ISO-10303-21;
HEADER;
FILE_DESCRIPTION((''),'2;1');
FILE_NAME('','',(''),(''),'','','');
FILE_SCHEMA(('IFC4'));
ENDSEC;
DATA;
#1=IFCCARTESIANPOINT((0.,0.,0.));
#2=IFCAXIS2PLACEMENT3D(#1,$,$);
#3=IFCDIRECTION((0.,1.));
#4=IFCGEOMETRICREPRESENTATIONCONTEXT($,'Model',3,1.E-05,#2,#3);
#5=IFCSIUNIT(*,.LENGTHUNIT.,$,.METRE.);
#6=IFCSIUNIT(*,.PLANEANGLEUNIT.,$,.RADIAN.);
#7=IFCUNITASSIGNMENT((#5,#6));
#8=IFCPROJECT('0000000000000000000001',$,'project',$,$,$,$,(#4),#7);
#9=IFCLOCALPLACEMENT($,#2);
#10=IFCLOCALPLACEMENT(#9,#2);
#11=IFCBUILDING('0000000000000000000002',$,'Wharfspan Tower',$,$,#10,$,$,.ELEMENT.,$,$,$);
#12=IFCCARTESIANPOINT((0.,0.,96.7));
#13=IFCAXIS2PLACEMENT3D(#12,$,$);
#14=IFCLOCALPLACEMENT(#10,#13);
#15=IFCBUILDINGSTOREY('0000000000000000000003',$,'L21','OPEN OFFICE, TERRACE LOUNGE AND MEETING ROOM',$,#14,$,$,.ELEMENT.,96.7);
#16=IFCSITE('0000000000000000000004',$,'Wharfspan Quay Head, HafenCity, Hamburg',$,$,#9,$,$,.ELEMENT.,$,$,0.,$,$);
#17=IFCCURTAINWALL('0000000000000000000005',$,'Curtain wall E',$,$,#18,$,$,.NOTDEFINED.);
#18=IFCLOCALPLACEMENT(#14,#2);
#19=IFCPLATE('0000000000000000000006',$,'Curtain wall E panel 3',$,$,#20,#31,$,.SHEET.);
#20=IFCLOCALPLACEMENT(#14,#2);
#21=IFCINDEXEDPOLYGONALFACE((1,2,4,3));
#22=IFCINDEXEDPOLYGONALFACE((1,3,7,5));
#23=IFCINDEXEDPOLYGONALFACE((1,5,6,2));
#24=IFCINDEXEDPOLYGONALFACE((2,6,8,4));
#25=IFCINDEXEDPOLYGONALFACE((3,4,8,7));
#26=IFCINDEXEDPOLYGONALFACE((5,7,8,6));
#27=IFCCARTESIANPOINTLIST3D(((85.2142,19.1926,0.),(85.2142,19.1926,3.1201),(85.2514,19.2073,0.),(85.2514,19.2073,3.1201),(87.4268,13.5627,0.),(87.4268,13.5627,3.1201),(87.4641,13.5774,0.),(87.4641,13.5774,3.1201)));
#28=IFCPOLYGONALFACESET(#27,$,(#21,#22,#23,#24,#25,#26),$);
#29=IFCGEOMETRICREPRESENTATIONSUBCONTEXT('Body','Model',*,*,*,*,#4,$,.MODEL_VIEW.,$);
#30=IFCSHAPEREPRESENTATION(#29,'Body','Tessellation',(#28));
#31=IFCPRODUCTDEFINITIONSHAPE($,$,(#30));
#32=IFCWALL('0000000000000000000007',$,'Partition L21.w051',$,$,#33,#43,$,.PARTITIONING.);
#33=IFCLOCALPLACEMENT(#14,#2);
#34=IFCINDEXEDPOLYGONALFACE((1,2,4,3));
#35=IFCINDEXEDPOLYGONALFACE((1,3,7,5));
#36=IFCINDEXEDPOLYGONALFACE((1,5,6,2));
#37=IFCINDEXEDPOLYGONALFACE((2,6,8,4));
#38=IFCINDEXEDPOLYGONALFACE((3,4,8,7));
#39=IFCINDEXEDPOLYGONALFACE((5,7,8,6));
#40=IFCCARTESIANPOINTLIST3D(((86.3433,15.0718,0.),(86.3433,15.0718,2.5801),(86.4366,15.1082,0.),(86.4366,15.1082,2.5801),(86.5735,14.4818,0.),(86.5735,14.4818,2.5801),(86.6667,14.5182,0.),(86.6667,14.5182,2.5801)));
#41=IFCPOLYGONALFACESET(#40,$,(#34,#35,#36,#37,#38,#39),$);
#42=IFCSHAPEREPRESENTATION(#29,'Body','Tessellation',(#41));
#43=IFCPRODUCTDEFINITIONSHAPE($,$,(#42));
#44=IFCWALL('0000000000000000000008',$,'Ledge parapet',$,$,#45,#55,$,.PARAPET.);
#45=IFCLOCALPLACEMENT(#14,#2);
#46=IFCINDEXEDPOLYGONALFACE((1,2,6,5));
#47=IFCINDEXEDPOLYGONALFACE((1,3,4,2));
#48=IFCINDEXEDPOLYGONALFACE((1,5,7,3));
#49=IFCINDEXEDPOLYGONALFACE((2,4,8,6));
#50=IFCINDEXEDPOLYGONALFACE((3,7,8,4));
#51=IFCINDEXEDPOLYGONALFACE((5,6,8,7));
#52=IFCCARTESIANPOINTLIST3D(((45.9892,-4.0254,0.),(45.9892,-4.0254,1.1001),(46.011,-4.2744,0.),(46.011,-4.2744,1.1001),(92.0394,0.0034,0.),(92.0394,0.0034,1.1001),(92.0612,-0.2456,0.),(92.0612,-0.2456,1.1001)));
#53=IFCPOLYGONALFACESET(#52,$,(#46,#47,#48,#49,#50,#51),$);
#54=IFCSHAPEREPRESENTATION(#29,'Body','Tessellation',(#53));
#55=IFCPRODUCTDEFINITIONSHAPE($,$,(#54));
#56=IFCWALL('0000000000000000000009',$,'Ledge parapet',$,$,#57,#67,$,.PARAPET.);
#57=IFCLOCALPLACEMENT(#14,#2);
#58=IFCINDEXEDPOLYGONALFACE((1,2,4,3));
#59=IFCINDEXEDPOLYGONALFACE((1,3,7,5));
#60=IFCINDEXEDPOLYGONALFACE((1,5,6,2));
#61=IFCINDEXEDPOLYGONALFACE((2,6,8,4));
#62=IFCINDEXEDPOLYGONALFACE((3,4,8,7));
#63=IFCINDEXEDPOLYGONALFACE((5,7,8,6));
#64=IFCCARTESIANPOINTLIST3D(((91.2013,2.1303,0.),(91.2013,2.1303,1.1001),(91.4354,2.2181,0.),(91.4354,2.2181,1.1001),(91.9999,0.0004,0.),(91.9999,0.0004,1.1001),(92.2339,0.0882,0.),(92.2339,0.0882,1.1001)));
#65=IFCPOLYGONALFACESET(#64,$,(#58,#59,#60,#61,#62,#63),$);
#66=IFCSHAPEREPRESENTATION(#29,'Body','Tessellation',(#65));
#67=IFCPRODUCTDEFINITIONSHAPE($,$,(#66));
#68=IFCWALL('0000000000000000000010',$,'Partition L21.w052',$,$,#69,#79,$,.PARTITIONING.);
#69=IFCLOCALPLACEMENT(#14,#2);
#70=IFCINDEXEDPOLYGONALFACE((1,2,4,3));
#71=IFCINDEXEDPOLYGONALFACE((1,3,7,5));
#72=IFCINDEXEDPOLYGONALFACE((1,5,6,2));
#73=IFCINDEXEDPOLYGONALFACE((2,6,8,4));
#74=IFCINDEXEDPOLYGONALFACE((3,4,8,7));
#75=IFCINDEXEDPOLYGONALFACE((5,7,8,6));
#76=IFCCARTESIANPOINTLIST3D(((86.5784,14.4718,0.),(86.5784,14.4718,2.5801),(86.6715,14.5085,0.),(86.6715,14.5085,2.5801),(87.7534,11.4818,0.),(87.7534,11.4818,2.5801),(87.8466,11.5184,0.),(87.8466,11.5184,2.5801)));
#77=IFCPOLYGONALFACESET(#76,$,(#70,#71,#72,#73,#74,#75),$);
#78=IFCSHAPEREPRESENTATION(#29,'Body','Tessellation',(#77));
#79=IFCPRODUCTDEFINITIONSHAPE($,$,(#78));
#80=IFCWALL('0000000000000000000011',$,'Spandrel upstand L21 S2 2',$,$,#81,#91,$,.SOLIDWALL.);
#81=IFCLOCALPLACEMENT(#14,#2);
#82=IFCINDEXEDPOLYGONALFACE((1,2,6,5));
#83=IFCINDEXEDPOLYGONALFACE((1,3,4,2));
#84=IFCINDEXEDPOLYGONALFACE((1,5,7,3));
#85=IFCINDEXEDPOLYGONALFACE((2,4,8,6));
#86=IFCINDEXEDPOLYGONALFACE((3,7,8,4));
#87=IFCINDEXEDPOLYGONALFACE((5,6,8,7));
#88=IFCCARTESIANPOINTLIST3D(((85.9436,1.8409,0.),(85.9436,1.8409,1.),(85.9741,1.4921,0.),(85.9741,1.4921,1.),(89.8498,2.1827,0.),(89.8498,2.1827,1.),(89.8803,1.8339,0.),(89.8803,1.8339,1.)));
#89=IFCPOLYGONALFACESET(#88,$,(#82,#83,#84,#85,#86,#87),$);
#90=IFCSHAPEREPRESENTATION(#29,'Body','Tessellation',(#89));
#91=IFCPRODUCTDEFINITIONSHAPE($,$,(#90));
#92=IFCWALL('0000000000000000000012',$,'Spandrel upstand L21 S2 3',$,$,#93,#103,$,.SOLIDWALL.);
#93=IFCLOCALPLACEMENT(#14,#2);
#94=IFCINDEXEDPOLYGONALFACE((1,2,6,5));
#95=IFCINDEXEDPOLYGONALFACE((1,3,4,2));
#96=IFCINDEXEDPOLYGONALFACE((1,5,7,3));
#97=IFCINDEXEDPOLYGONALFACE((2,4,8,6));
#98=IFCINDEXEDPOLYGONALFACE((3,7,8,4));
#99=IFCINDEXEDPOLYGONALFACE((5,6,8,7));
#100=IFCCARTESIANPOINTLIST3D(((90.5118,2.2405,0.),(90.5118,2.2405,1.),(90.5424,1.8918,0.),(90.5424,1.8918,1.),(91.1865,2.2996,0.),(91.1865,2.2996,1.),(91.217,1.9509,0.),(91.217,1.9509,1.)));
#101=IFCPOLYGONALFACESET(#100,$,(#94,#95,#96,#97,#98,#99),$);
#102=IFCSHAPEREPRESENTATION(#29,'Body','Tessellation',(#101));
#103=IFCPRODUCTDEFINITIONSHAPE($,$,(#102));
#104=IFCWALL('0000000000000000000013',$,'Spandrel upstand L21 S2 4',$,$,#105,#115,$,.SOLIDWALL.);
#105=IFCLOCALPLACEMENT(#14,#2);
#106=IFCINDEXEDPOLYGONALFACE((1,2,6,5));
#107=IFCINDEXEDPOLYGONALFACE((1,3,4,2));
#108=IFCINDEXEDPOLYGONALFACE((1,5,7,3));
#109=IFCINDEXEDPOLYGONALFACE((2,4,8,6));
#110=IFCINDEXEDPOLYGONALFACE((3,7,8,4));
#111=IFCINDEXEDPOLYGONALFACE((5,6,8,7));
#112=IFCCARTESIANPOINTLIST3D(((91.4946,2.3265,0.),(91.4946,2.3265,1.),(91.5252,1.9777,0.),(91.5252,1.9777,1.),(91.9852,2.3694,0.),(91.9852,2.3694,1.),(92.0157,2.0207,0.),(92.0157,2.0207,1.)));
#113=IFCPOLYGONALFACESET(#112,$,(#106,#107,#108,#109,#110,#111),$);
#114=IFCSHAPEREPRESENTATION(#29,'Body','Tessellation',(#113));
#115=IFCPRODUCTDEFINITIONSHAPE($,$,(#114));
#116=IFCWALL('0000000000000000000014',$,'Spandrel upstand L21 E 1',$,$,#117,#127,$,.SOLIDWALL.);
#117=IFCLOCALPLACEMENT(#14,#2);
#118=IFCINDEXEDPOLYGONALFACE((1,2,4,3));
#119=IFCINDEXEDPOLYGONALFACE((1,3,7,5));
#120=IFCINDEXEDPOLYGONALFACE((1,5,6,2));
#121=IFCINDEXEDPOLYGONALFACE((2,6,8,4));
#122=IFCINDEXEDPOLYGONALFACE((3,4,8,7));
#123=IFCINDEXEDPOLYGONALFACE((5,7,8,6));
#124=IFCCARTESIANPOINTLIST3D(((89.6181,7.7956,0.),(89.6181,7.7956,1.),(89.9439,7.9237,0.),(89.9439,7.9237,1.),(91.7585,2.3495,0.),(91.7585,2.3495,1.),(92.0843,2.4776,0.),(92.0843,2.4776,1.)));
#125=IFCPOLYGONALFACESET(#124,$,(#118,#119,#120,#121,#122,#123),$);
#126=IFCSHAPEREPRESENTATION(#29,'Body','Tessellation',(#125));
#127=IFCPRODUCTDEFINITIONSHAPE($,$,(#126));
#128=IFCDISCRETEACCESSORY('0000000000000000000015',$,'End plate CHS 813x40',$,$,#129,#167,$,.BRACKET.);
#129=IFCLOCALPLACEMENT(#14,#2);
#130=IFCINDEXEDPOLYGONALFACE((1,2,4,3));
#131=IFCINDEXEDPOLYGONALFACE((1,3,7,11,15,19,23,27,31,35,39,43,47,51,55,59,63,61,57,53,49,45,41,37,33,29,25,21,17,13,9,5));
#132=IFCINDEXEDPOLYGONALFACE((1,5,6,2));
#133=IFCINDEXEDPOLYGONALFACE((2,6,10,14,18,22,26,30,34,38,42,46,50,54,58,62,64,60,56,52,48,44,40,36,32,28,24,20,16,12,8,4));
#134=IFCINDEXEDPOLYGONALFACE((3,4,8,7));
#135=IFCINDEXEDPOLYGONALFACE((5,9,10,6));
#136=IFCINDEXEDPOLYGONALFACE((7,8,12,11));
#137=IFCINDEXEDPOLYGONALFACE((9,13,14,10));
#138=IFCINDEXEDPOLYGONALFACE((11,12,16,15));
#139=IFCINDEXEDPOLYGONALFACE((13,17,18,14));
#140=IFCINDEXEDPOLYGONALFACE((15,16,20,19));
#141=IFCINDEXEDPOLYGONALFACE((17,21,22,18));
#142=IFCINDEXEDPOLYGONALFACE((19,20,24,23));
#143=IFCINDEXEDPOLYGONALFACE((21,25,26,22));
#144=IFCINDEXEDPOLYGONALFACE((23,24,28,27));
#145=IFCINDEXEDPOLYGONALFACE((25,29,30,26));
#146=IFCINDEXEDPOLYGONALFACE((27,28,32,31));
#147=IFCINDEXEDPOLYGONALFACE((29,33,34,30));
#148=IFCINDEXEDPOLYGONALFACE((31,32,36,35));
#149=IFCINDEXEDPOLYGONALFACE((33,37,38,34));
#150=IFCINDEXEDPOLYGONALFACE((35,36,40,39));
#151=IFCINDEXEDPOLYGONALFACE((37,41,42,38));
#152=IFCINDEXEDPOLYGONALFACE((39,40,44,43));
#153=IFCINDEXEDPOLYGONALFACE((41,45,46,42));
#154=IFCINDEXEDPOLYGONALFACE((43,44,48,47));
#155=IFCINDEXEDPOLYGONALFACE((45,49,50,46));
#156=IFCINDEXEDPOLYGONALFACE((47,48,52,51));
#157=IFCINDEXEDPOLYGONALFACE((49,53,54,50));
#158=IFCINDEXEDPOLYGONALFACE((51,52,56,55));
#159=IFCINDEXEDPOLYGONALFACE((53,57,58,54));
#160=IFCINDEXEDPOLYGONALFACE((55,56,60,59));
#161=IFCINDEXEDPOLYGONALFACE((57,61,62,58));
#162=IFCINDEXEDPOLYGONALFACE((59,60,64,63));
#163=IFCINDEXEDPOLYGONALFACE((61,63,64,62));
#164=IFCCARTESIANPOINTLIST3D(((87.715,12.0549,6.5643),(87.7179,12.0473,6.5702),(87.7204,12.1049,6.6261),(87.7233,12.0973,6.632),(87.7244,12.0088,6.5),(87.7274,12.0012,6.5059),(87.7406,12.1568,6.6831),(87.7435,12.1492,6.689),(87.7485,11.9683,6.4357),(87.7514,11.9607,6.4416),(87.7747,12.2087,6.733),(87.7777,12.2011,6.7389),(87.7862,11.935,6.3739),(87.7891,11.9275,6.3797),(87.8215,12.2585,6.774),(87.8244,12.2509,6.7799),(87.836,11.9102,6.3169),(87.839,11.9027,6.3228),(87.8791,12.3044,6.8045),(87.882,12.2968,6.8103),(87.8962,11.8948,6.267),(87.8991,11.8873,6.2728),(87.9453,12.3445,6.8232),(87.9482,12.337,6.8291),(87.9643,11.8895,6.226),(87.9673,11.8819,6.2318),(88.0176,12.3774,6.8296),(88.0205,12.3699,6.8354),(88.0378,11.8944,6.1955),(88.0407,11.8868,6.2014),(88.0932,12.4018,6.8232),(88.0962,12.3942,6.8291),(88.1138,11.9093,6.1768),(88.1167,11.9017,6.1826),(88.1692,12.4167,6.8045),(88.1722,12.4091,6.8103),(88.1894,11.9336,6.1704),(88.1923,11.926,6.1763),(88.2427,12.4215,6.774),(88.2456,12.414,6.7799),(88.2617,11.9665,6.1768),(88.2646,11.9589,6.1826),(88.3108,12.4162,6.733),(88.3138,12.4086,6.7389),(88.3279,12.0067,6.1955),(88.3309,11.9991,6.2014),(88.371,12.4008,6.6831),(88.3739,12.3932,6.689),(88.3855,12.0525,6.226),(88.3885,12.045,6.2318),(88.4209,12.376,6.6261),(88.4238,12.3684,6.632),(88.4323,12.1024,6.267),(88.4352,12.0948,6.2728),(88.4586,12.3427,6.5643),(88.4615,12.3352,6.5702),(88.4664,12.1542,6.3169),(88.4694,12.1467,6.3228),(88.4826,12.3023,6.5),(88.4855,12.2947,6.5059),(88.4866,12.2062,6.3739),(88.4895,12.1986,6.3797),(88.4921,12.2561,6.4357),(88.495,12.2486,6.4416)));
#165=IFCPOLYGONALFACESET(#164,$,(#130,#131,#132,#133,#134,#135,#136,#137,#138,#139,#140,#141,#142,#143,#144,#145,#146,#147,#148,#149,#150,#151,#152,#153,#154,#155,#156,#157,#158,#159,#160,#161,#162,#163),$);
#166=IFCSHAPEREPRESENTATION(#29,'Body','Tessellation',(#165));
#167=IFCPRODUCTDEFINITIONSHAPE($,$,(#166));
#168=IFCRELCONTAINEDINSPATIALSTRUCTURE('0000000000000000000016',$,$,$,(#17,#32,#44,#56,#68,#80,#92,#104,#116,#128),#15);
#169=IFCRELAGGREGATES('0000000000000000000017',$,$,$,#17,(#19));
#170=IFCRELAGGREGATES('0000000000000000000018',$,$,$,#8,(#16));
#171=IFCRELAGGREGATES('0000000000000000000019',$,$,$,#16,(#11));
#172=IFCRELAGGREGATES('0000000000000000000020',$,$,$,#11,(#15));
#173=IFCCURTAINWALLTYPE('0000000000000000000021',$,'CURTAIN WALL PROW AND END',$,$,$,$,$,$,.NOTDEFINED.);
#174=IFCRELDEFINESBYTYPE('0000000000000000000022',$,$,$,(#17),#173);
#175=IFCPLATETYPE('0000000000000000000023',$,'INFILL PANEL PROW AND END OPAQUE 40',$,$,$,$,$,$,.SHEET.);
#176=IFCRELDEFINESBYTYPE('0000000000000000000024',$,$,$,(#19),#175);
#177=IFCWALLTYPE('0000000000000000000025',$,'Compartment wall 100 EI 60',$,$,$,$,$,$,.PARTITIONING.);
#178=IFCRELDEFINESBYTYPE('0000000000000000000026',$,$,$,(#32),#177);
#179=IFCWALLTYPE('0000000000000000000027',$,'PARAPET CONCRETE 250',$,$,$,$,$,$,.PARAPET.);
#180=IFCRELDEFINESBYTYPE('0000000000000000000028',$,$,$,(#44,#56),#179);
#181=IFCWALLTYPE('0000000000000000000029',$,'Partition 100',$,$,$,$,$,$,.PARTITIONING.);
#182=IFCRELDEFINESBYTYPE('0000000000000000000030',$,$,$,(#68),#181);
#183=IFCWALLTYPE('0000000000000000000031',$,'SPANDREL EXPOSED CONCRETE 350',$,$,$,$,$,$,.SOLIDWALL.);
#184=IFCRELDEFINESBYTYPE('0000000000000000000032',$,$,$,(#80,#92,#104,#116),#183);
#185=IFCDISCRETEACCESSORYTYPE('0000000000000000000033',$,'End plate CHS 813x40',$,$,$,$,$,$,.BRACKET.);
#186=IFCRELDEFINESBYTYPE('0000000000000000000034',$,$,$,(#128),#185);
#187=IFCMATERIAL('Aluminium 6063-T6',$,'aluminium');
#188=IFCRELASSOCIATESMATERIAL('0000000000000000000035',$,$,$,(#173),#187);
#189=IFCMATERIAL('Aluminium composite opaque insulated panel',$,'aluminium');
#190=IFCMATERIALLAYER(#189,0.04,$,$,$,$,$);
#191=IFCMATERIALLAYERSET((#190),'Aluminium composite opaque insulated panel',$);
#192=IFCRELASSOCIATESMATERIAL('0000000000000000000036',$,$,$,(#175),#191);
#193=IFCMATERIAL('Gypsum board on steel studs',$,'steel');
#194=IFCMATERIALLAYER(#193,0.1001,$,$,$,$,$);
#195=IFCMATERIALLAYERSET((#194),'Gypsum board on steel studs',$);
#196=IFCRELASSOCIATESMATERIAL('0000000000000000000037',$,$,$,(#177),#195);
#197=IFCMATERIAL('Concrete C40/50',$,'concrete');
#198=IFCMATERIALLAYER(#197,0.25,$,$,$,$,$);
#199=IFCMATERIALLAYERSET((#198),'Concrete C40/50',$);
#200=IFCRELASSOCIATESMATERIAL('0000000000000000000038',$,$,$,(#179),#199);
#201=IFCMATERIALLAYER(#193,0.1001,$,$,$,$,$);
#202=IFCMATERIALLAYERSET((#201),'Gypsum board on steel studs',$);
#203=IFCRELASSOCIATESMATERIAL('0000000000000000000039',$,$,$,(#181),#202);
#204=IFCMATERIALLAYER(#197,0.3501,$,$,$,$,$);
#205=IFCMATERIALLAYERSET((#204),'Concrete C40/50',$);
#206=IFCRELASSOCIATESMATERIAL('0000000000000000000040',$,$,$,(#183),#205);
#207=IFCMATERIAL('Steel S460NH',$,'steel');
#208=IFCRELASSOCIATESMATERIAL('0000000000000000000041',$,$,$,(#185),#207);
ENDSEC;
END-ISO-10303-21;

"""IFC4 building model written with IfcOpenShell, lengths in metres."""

from ifc_helpers import new_model, si_unit, direction, frame, frame_2d, origin, origin_2d, place, context, subcontext, project, spatial, rectangle, circle, extrude, material, layer, layer_set, material_profile, profile_set, type_object, element, aggregate, save


model = new_model("IFC4")

# Units and contexts
model_context = context("Model", 3, precision=1e-05, world=origin(), true_north=direction((0.0, 1.0)))
body_context = subcontext(model_context, "Body", "Model", "MODEL_VIEW")
ifc_project = project(units=[si_unit("LENGTHUNIT", "METRE"), si_unit("PLANEANGLEUNIT", "RADIAN")], contexts=[model_context])

# Site, building, storey
site_placement = place(None, origin())
site = spatial("IfcSite", under=ifc_project, at=site_placement, Name="Wharfspan Quay Head, HafenCity, Hamburg", CompositionType="ELEMENT", RefElevation=0.0)
building_placement = place(site_placement, origin())
building = spatial("IfcBuilding", under=site, at=building_placement, Name="Wharfspan Tower", CompositionType="ELEMENT")
storey_placement = place(building_placement, frame((0.0, 0.0, 96.7)))
storey = spatial("IfcBuildingStorey", under=building, at=storey_placement, Name="L21", Description="OPEN OFFICE, TERRACE LOUNGE AND MEETING ROOM", CompositionType="ELEMENT", Elevation=96.7)

# Shared definitions
ifc_material_1 = material(Name="Steel S460NH", Category="steel")

# Shared definitions
ifc_material_2 = material(Name="Aluminium 6063-T6", Category="aluminium")

# Curtain wall
curtain_wall_type_1 = type_object("IfcCurtainWallType", Name="CURTAIN WALL PROW AND END", PredefinedType="NOTDEFINED", material=ifc_material_2)
curtain_wall_1_placement = place(storey_placement, origin())
curtain_wall_1 = element("IfcCurtainWall", 1, at=curtain_wall_1_placement, inside=storey, type_object=curtain_wall_type_1, Name="Curtain wall E", PredefinedType="NOTDEFINED")

# Plate
ifc_material_3 = material(Name="Aluminium composite opaque insulated panel", Category="aluminium")
ifc_layer_1 = layer(ifc_material_3, 0.04)
ifc_layer_set_1 = layer_set([ifc_layer_1], Name="Aluminium composite opaque insulated panel")
plate_type_1 = type_object("IfcPlateType", Name="INFILL PANEL PROW AND END OPAQUE 40", PredefinedType="SHEET", material=ifc_layer_set_1)
plate_1_placement = place(storey_placement, frame((86.3391, 16.385, 0.0), z_axis=(0.0, 0.0, 1.0), x_axis=(-0.365778, 0.930702, 0.0)))
plate_1 = element("IfcPlate", 2, at=plate_1_placement, type_object=plate_type_1, Name="Curtain wall E panel 3", PredefinedType="SHEET", context=body_context, shape_type="SweptSolid", body=[
    extrude(rectangle(XDim=6.0491, YDim=0.04, at=origin_2d()), origin(), (0.0, 0.0, 1.0), 3.1201),
])
aggregate(curtain_wall_1, [plate_1])

# Walls
ifc_material_4 = material(Name="Gypsum board on steel studs", Category="steel")
ifc_layer_2 = layer(ifc_material_4, 0.1001)
ifc_layer_set_2 = layer_set([ifc_layer_2], Name="Gypsum board on steel studs")
wall_type_1 = type_object("IfcWallType", Name="Compartment wall 100 EI 60", PredefinedType="PARTITIONING", material=ifc_layer_set_2)
wall_1_placement = place(storey_placement, frame((86.6201, 14.5, 0.0), z_axis=(0.0, 0.0, 1.0), x_axis=(-0.363469, 0.931606, 0.0)))
element("IfcWall", 3, at=wall_1_placement, inside=storey, type_object=wall_type_1, Name="Partition L21.w051", PredefinedType="PARTITIONING", context=body_context, shape_type="SweptSolid", body=[
    extrude(rectangle(XDim=0.6333, YDim=0.1001, at=frame_2d((0.3166, 0.0))), origin(), (0.0, 0.0, 1.0), 2.5801),
])
ifc_material_5 = material(Name="Concrete C40/50", Category="concrete")
ifc_layer_3 = layer(ifc_material_5, 0.25)
ifc_layer_set_3 = layer_set([ifc_layer_3], Name="Concrete C40/50")
wall_type_2 = type_object("IfcWallType", Name="PARAPET CONCRETE 250", PredefinedType="PARAPET", material=ifc_layer_set_3)
wall_2_placement = place(storey_placement, frame((92.0503, -0.1211, 0.0), z_axis=(0.0, 0.0, 1.0), x_axis=(-0.996192, -0.087154, 0.0)))
element("IfcWall", 4, at=wall_2_placement, inside=storey, type_object=wall_type_2, Name="Ledge parapet", PredefinedType="PARAPET", context=body_context, shape_type="SweptSolid", body=[
    extrude(rectangle(XDim=46.2261, YDim=0.25, at=frame_2d((23.113, 0.0))), origin(), (0.0, 0.0, 1.0), 1.1001),
])
wall_3_placement = place(storey_placement, frame((91.3184, 2.1741, 0.0), z_axis=(0.0, 0.0, 1.0), x_axis=(0.351075, -0.936343, 0.0)))
element("IfcWall", 5, at=wall_3_placement, inside=storey, type_object=wall_type_2, Name="Ledge parapet", PredefinedType="PARAPET", context=body_context, shape_type="SweptSolid", body=[
    extrude(rectangle(XDim=2.2747, YDim=0.25, at=frame_2d((1.1372, 0.0))), origin(), (0.0, 0.0, 1.0), 1.1001),
])
ifc_layer_4 = layer(ifc_material_4, 0.1001)
ifc_layer_set_4 = layer_set([ifc_layer_4], Name="Gypsum board on steel studs")
wall_type_3 = type_object("IfcWallType", Name="Partition 100", PredefinedType="PARTITIONING", material=ifc_layer_set_4)
wall_4_placement = place(storey_placement, frame((87.8, 11.5, 0.0), z_axis=(0.0, 0.0, 1.0), x_axis=(-0.365764, 0.930711, 0.0)))
element("IfcWall", 6, at=wall_4_placement, inside=storey, type_object=wall_type_3, Name="Partition L21.w052", PredefinedType="PARTITIONING", context=body_context, shape_type="SweptSolid", body=[
    extrude(rectangle(XDim=3.2126, YDim=0.1001, at=frame_2d((1.6064, 0.0))), origin(), (0.0, 0.0, 1.0), 2.5801),
])
ifc_layer_5 = layer(ifc_material_5, 0.3501)
ifc_layer_set_5 = layer_set([ifc_layer_5], Name="Concrete C40/50")
wall_type_4 = type_object("IfcWallType", Name="SPANDREL EXPOSED CONCRETE 350", PredefinedType="SOLIDWALL", material=ifc_layer_set_5)
wall_5_placement = place(storey_placement, frame((85.959, 1.6665, 0.0), z_axis=(0.0, 0.0, 1.0), x_axis=(0.996194, 0.087167, 0.0)))
element("IfcWall", 7, at=wall_5_placement, inside=storey, type_object=wall_type_4, Name="Spandrel upstand L21 S2 2", PredefinedType="SOLIDWALL", context=body_context, shape_type="SweptSolid", body=[
    extrude(rectangle(XDim=3.9211, YDim=0.3501, at=frame_2d((1.9604, 0.0))), origin(), (0.0, 0.0, 1.0), 1.0),
])
wall_6_placement = place(storey_placement, frame((90.5271, 2.0662, 0.0), z_axis=(0.0, 0.0, 1.0), x_axis=(0.996187, 0.087252, 0.0)))
element("IfcWall", 8, at=wall_6_placement, inside=storey, type_object=wall_type_4, Name="Spandrel upstand L21 S2 3", PredefinedType="SOLIDWALL", context=body_context, shape_type="SweptSolid", body=[
    extrude(rectangle(XDim=0.6772, YDim=0.3501, at=frame_2d((0.3386, 0.0))), origin(), (0.0, 0.0, 1.0), 1.0),
])
wall_7_placement = place(storey_placement, frame((91.51, 2.1521, 0.0), z_axis=(0.0, 0.0, 1.0), x_axis=(0.996189, 0.087272, 0.0)))
element("IfcWall", 9, at=wall_7_placement, inside=storey, type_object=wall_type_4, Name="Spandrel upstand L21 S2 4", PredefinedType="SOLIDWALL", context=body_context, shape_type="SweptSolid", body=[
    extrude(rectangle(XDim=0.4924, YDim=0.3501, at=frame_2d((0.2461, 0.0))), origin(), (0.0, 0.0, 1.0), 1.0),
])
wall_8_placement = place(storey_placement, frame((91.9214, 2.4136, 0.0), z_axis=(0.0, 0.0, 1.0), x_axis=(-0.36578, 0.930701, 0.0)))
element("IfcWall", 10, at=wall_8_placement, inside=storey, type_object=wall_type_4, Name="Spandrel upstand L21 E 1", PredefinedType="SOLIDWALL", context=body_context, shape_type="SweptSolid", body=[
    extrude(rectangle(XDim=5.8516, YDim=0.3501, at=frame_2d((2.9258, 0.0))), origin(), (0.0, 0.0, 1.0), 1.0),
])

# Discrete accessory
ifc_material_profile_1 = material_profile(ifc_material_1, circle(Radius=0.4065, at=origin_2d()))
ifc_profile_set_1 = profile_set([ifc_material_profile_1], Name="Steel S460NH")
discrete_accessory_type = type_object("IfcDiscreteAccessoryType", Name="End plate CHS 813x40", PredefinedType="BRACKET", material=ifc_profile_set_1)
discrete_accessory_placement = place(storey_placement, frame((88.1035, 12.1555, 6.5), z_axis=(0.292683, -0.756098, 0.585366), x_axis=(0.932565, 0.360992, -0.000001)))
element("IfcDiscreteAccessory", 11, at=discrete_accessory_placement, inside=storey, type_object=discrete_accessory_type, Name="End plate CHS 813x40", PredefinedType="BRACKET", context=body_context, shape_type="SweptSolid", body=[
    extrude(circle(Radius=0.4065, at=origin_2d()), origin(), (0.0, 0.0, 1.0), 0.01),
])

save(model, "model.ifc")
